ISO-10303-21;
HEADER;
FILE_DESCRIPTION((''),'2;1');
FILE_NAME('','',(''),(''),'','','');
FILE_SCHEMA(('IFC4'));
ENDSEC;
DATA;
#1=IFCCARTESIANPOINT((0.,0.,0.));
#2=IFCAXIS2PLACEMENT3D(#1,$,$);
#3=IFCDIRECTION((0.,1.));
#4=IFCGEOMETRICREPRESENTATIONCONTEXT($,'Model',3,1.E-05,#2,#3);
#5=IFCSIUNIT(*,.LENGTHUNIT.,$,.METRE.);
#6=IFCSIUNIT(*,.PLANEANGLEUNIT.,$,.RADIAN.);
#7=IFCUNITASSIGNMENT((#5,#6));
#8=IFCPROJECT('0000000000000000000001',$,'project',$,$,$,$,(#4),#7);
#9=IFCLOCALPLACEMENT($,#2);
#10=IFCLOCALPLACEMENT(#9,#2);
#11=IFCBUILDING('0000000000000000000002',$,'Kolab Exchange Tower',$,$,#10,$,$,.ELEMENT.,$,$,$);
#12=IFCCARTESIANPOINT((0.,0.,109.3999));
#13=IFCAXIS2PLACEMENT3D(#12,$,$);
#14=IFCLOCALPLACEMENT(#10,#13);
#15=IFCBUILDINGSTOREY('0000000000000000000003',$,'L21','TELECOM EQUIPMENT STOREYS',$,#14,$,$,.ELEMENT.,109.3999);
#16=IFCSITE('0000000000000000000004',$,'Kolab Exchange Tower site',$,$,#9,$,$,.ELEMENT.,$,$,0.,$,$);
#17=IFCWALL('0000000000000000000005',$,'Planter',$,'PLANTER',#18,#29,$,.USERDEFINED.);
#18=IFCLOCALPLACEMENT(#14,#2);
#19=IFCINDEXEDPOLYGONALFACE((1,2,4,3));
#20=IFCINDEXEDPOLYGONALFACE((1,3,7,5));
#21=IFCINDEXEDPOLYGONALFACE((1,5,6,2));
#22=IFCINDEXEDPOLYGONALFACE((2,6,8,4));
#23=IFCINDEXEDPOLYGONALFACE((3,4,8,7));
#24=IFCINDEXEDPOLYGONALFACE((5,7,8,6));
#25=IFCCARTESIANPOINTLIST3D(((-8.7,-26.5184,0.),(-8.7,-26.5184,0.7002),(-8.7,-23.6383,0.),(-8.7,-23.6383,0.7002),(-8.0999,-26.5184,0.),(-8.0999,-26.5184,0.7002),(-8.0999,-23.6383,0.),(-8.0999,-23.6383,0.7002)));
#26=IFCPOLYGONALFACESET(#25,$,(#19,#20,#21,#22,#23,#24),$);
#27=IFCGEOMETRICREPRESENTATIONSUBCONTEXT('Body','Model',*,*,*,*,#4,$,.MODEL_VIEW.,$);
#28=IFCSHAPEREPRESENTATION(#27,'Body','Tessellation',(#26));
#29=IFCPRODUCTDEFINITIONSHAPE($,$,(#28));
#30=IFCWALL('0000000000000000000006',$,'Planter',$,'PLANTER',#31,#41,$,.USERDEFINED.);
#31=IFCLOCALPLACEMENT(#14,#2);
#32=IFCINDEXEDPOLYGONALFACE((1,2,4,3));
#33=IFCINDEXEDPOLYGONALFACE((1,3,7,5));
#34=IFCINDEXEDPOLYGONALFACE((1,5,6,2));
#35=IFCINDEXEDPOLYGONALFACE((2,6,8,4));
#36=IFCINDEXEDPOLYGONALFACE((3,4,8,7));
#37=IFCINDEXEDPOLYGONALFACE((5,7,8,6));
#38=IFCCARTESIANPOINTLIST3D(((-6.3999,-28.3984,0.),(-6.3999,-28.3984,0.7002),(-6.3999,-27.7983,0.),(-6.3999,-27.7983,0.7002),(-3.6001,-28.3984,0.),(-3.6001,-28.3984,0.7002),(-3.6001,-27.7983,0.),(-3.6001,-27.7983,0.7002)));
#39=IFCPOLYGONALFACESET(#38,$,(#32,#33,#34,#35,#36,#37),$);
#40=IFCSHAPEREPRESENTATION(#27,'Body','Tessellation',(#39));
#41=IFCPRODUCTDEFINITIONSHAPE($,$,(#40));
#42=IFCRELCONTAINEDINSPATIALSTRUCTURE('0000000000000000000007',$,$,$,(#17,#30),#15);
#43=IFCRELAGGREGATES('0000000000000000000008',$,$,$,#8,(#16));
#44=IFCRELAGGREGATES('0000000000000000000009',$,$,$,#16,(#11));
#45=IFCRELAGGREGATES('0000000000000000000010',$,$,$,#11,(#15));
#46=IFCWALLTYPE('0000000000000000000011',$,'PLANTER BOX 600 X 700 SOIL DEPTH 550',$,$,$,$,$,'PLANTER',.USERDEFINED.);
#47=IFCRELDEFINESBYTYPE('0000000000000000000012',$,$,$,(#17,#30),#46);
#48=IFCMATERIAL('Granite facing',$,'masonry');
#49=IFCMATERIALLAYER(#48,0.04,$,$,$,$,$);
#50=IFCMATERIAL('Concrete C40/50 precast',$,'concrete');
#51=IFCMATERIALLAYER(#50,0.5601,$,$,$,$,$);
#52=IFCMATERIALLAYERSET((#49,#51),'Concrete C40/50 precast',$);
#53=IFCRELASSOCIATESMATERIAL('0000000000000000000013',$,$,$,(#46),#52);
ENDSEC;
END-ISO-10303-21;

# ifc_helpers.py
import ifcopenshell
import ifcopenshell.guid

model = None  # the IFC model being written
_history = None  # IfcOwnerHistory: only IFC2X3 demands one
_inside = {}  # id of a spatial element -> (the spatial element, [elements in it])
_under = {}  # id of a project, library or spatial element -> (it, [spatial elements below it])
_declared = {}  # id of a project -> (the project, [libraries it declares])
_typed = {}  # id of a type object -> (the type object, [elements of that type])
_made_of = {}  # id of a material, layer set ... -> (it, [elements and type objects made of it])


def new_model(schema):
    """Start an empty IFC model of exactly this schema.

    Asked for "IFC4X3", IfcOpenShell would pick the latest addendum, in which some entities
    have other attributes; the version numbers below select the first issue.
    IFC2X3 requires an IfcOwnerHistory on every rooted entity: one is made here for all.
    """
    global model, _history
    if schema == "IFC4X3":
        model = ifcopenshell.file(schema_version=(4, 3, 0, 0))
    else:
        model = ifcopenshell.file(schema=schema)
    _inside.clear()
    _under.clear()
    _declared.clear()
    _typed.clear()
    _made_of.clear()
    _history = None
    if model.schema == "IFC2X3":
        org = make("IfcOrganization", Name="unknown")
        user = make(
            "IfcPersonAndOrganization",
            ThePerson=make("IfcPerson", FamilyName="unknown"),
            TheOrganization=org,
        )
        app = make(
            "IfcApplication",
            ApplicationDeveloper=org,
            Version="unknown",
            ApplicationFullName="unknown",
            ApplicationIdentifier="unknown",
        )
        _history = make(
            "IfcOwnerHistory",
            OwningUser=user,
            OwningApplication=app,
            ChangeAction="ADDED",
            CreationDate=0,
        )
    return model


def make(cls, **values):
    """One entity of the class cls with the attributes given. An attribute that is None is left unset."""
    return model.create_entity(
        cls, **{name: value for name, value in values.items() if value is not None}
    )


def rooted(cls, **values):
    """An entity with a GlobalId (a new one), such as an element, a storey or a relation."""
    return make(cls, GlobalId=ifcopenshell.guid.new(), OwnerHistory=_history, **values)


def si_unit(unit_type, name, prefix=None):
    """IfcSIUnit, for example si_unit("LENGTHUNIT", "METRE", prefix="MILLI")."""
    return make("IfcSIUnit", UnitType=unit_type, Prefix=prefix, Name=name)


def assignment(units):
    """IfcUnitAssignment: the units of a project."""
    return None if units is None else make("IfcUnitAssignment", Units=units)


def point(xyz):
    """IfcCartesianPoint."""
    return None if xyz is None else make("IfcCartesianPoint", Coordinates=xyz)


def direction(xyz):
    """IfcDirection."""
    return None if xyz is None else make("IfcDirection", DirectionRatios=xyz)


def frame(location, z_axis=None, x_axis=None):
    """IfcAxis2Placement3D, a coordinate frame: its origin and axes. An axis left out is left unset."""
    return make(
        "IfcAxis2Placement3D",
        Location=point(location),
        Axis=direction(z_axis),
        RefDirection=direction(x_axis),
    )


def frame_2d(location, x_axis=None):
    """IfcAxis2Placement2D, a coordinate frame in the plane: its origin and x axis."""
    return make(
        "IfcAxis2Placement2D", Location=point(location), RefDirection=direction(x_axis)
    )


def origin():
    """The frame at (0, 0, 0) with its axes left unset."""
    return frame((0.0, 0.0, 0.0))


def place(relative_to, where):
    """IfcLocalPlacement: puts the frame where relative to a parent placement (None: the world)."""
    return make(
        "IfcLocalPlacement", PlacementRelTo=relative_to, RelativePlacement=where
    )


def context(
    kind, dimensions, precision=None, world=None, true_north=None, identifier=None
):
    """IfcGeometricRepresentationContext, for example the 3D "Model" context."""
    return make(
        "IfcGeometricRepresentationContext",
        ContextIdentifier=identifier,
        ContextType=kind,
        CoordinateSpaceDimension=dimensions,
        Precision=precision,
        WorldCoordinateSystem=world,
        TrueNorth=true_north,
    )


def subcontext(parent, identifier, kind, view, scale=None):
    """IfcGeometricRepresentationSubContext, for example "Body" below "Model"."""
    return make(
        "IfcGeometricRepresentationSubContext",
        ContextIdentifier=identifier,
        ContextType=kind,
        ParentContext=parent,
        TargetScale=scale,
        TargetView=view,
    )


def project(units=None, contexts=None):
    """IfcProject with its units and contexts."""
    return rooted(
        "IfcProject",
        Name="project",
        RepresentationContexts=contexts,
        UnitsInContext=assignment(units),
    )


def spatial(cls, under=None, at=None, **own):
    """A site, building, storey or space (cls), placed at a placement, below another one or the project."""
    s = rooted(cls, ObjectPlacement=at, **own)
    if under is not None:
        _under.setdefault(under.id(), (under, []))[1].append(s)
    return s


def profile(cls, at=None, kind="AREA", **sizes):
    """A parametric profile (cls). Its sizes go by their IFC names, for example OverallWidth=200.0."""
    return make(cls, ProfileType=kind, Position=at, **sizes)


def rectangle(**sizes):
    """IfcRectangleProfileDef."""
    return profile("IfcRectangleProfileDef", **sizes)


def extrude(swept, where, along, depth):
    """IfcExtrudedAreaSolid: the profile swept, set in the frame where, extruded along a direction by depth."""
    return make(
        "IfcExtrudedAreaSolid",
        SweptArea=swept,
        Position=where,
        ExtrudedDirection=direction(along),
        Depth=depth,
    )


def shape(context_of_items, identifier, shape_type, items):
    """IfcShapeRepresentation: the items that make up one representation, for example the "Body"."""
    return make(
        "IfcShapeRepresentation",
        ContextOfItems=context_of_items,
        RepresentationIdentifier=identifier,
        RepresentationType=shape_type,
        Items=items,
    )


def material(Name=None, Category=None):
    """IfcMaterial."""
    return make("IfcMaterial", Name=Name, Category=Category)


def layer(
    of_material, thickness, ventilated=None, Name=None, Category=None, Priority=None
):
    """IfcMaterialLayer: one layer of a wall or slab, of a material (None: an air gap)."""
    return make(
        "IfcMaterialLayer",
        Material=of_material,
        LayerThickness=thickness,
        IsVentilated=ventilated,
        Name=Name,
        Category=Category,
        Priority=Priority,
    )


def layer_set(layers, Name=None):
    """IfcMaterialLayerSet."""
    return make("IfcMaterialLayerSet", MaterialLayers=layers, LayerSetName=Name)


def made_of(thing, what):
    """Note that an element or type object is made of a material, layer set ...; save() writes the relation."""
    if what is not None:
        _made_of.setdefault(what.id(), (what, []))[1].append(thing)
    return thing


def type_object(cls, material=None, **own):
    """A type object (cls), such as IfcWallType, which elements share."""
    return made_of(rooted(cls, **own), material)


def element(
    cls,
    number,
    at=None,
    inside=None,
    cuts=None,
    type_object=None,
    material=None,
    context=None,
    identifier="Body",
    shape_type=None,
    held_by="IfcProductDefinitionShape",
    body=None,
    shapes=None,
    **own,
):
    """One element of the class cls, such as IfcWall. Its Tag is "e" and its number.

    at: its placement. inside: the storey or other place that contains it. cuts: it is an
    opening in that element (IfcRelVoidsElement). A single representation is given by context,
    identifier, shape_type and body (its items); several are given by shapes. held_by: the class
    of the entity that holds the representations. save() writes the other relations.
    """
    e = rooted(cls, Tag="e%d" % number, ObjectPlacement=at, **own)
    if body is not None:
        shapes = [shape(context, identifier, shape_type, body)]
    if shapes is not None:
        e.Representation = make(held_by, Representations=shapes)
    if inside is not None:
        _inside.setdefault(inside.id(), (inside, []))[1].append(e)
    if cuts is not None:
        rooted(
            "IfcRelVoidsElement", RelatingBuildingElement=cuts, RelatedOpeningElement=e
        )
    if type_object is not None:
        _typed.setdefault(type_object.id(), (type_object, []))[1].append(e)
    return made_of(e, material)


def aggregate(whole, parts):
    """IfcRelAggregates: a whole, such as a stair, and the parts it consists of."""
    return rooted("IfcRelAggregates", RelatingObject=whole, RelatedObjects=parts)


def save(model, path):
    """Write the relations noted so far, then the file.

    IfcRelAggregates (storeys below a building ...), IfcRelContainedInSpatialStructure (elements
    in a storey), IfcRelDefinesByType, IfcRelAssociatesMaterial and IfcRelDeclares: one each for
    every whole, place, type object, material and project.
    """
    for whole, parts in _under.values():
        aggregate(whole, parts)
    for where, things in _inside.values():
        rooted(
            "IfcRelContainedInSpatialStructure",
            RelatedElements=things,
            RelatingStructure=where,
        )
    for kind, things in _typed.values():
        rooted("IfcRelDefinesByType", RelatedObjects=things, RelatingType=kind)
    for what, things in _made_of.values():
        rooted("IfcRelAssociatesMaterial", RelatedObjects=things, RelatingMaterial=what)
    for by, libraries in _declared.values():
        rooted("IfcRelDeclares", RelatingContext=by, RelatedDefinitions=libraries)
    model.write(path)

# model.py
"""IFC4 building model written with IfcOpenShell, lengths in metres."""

from ifc_helpers import new_model, si_unit, direction, frame, frame_2d, origin, place, context, subcontext, project, spatial, rectangle, extrude, material, layer, layer_set, type_object, element, save


model = new_model("IFC4")

# Units and contexts
model_context = context("Model", 3, precision=1e-05, world=origin(), true_north=direction((0.0, 1.0)))
body_context = subcontext(model_context, "Body", "Model", "MODEL_VIEW")
ifc_project = project(units=[si_unit("LENGTHUNIT", "METRE"), si_unit("PLANEANGLEUNIT", "RADIAN")], contexts=[model_context])

# Site, building, storey
site_placement = place(None, origin())
site = spatial("IfcSite", under=ifc_project, at=site_placement, Name="Kolab Exchange Tower site", CompositionType="ELEMENT", RefElevation=0.0)
building_placement = place(site_placement, origin())
building = spatial("IfcBuilding", under=site, at=building_placement, Name="Kolab Exchange Tower", CompositionType="ELEMENT")
storey_placement = place(building_placement, frame((0.0, 0.0, 109.3999)))
storey = spatial("IfcBuildingStorey", under=building, at=storey_placement, Name="L21", Description="TELECOM EQUIPMENT STOREYS", CompositionType="ELEMENT", Elevation=109.3999)

# Walls
ifc_material_1 = material(Name="Granite facing", Category="masonry")
ifc_layer_1 = layer(ifc_material_1, 0.04)
ifc_material_2 = material(Name="Concrete C40/50 precast", Category="concrete")
ifc_layer_2 = layer(ifc_material_2, 0.5601)
ifc_layer_set_1 = layer_set([ifc_layer_1, ifc_layer_2], Name="Concrete C40/50 precast")
wall_type = type_object("IfcWallType", Name="PLANTER BOX 600 X 700 SOIL DEPTH 550", ElementType="PLANTER", PredefinedType="USERDEFINED", material=ifc_layer_set_1)
wall_1_placement = place(storey_placement, frame((-8.3999, -23.6384, 0.0), z_axis=(0.0, 0.0, 1.0), x_axis=(0.0, -1.0, 0.0)))
element("IfcWall", 1, at=wall_1_placement, inside=storey, type_object=wall_type, Name="Planter", ObjectType="PLANTER", PredefinedType="USERDEFINED", context=body_context, shape_type="SweptSolid", body=[
    extrude(rectangle(XDim=2.8801, YDim=0.6001, at=frame_2d((1.4399, 0.0))), origin(), (0.0, 0.0, 1.0), 0.7002),
])
wall_2_placement = place(storey_placement, frame((-3.6001, -28.0984, 0.0), z_axis=(0.0, 0.0, 1.0), x_axis=(-1.0, 0.0, 0.0)))
element("IfcWall", 2, at=wall_2_placement, inside=storey, type_object=wall_type, Name="Planter", ObjectType="PLANTER", PredefinedType="USERDEFINED", context=body_context, shape_type="SweptSolid", body=[
    extrude(rectangle(XDim=2.7998, YDim=0.6001, at=frame_2d((1.3999, 0.0))), origin(), (0.0, 0.0, 1.0), 0.7002),
])

save(model, "model.ifc")
